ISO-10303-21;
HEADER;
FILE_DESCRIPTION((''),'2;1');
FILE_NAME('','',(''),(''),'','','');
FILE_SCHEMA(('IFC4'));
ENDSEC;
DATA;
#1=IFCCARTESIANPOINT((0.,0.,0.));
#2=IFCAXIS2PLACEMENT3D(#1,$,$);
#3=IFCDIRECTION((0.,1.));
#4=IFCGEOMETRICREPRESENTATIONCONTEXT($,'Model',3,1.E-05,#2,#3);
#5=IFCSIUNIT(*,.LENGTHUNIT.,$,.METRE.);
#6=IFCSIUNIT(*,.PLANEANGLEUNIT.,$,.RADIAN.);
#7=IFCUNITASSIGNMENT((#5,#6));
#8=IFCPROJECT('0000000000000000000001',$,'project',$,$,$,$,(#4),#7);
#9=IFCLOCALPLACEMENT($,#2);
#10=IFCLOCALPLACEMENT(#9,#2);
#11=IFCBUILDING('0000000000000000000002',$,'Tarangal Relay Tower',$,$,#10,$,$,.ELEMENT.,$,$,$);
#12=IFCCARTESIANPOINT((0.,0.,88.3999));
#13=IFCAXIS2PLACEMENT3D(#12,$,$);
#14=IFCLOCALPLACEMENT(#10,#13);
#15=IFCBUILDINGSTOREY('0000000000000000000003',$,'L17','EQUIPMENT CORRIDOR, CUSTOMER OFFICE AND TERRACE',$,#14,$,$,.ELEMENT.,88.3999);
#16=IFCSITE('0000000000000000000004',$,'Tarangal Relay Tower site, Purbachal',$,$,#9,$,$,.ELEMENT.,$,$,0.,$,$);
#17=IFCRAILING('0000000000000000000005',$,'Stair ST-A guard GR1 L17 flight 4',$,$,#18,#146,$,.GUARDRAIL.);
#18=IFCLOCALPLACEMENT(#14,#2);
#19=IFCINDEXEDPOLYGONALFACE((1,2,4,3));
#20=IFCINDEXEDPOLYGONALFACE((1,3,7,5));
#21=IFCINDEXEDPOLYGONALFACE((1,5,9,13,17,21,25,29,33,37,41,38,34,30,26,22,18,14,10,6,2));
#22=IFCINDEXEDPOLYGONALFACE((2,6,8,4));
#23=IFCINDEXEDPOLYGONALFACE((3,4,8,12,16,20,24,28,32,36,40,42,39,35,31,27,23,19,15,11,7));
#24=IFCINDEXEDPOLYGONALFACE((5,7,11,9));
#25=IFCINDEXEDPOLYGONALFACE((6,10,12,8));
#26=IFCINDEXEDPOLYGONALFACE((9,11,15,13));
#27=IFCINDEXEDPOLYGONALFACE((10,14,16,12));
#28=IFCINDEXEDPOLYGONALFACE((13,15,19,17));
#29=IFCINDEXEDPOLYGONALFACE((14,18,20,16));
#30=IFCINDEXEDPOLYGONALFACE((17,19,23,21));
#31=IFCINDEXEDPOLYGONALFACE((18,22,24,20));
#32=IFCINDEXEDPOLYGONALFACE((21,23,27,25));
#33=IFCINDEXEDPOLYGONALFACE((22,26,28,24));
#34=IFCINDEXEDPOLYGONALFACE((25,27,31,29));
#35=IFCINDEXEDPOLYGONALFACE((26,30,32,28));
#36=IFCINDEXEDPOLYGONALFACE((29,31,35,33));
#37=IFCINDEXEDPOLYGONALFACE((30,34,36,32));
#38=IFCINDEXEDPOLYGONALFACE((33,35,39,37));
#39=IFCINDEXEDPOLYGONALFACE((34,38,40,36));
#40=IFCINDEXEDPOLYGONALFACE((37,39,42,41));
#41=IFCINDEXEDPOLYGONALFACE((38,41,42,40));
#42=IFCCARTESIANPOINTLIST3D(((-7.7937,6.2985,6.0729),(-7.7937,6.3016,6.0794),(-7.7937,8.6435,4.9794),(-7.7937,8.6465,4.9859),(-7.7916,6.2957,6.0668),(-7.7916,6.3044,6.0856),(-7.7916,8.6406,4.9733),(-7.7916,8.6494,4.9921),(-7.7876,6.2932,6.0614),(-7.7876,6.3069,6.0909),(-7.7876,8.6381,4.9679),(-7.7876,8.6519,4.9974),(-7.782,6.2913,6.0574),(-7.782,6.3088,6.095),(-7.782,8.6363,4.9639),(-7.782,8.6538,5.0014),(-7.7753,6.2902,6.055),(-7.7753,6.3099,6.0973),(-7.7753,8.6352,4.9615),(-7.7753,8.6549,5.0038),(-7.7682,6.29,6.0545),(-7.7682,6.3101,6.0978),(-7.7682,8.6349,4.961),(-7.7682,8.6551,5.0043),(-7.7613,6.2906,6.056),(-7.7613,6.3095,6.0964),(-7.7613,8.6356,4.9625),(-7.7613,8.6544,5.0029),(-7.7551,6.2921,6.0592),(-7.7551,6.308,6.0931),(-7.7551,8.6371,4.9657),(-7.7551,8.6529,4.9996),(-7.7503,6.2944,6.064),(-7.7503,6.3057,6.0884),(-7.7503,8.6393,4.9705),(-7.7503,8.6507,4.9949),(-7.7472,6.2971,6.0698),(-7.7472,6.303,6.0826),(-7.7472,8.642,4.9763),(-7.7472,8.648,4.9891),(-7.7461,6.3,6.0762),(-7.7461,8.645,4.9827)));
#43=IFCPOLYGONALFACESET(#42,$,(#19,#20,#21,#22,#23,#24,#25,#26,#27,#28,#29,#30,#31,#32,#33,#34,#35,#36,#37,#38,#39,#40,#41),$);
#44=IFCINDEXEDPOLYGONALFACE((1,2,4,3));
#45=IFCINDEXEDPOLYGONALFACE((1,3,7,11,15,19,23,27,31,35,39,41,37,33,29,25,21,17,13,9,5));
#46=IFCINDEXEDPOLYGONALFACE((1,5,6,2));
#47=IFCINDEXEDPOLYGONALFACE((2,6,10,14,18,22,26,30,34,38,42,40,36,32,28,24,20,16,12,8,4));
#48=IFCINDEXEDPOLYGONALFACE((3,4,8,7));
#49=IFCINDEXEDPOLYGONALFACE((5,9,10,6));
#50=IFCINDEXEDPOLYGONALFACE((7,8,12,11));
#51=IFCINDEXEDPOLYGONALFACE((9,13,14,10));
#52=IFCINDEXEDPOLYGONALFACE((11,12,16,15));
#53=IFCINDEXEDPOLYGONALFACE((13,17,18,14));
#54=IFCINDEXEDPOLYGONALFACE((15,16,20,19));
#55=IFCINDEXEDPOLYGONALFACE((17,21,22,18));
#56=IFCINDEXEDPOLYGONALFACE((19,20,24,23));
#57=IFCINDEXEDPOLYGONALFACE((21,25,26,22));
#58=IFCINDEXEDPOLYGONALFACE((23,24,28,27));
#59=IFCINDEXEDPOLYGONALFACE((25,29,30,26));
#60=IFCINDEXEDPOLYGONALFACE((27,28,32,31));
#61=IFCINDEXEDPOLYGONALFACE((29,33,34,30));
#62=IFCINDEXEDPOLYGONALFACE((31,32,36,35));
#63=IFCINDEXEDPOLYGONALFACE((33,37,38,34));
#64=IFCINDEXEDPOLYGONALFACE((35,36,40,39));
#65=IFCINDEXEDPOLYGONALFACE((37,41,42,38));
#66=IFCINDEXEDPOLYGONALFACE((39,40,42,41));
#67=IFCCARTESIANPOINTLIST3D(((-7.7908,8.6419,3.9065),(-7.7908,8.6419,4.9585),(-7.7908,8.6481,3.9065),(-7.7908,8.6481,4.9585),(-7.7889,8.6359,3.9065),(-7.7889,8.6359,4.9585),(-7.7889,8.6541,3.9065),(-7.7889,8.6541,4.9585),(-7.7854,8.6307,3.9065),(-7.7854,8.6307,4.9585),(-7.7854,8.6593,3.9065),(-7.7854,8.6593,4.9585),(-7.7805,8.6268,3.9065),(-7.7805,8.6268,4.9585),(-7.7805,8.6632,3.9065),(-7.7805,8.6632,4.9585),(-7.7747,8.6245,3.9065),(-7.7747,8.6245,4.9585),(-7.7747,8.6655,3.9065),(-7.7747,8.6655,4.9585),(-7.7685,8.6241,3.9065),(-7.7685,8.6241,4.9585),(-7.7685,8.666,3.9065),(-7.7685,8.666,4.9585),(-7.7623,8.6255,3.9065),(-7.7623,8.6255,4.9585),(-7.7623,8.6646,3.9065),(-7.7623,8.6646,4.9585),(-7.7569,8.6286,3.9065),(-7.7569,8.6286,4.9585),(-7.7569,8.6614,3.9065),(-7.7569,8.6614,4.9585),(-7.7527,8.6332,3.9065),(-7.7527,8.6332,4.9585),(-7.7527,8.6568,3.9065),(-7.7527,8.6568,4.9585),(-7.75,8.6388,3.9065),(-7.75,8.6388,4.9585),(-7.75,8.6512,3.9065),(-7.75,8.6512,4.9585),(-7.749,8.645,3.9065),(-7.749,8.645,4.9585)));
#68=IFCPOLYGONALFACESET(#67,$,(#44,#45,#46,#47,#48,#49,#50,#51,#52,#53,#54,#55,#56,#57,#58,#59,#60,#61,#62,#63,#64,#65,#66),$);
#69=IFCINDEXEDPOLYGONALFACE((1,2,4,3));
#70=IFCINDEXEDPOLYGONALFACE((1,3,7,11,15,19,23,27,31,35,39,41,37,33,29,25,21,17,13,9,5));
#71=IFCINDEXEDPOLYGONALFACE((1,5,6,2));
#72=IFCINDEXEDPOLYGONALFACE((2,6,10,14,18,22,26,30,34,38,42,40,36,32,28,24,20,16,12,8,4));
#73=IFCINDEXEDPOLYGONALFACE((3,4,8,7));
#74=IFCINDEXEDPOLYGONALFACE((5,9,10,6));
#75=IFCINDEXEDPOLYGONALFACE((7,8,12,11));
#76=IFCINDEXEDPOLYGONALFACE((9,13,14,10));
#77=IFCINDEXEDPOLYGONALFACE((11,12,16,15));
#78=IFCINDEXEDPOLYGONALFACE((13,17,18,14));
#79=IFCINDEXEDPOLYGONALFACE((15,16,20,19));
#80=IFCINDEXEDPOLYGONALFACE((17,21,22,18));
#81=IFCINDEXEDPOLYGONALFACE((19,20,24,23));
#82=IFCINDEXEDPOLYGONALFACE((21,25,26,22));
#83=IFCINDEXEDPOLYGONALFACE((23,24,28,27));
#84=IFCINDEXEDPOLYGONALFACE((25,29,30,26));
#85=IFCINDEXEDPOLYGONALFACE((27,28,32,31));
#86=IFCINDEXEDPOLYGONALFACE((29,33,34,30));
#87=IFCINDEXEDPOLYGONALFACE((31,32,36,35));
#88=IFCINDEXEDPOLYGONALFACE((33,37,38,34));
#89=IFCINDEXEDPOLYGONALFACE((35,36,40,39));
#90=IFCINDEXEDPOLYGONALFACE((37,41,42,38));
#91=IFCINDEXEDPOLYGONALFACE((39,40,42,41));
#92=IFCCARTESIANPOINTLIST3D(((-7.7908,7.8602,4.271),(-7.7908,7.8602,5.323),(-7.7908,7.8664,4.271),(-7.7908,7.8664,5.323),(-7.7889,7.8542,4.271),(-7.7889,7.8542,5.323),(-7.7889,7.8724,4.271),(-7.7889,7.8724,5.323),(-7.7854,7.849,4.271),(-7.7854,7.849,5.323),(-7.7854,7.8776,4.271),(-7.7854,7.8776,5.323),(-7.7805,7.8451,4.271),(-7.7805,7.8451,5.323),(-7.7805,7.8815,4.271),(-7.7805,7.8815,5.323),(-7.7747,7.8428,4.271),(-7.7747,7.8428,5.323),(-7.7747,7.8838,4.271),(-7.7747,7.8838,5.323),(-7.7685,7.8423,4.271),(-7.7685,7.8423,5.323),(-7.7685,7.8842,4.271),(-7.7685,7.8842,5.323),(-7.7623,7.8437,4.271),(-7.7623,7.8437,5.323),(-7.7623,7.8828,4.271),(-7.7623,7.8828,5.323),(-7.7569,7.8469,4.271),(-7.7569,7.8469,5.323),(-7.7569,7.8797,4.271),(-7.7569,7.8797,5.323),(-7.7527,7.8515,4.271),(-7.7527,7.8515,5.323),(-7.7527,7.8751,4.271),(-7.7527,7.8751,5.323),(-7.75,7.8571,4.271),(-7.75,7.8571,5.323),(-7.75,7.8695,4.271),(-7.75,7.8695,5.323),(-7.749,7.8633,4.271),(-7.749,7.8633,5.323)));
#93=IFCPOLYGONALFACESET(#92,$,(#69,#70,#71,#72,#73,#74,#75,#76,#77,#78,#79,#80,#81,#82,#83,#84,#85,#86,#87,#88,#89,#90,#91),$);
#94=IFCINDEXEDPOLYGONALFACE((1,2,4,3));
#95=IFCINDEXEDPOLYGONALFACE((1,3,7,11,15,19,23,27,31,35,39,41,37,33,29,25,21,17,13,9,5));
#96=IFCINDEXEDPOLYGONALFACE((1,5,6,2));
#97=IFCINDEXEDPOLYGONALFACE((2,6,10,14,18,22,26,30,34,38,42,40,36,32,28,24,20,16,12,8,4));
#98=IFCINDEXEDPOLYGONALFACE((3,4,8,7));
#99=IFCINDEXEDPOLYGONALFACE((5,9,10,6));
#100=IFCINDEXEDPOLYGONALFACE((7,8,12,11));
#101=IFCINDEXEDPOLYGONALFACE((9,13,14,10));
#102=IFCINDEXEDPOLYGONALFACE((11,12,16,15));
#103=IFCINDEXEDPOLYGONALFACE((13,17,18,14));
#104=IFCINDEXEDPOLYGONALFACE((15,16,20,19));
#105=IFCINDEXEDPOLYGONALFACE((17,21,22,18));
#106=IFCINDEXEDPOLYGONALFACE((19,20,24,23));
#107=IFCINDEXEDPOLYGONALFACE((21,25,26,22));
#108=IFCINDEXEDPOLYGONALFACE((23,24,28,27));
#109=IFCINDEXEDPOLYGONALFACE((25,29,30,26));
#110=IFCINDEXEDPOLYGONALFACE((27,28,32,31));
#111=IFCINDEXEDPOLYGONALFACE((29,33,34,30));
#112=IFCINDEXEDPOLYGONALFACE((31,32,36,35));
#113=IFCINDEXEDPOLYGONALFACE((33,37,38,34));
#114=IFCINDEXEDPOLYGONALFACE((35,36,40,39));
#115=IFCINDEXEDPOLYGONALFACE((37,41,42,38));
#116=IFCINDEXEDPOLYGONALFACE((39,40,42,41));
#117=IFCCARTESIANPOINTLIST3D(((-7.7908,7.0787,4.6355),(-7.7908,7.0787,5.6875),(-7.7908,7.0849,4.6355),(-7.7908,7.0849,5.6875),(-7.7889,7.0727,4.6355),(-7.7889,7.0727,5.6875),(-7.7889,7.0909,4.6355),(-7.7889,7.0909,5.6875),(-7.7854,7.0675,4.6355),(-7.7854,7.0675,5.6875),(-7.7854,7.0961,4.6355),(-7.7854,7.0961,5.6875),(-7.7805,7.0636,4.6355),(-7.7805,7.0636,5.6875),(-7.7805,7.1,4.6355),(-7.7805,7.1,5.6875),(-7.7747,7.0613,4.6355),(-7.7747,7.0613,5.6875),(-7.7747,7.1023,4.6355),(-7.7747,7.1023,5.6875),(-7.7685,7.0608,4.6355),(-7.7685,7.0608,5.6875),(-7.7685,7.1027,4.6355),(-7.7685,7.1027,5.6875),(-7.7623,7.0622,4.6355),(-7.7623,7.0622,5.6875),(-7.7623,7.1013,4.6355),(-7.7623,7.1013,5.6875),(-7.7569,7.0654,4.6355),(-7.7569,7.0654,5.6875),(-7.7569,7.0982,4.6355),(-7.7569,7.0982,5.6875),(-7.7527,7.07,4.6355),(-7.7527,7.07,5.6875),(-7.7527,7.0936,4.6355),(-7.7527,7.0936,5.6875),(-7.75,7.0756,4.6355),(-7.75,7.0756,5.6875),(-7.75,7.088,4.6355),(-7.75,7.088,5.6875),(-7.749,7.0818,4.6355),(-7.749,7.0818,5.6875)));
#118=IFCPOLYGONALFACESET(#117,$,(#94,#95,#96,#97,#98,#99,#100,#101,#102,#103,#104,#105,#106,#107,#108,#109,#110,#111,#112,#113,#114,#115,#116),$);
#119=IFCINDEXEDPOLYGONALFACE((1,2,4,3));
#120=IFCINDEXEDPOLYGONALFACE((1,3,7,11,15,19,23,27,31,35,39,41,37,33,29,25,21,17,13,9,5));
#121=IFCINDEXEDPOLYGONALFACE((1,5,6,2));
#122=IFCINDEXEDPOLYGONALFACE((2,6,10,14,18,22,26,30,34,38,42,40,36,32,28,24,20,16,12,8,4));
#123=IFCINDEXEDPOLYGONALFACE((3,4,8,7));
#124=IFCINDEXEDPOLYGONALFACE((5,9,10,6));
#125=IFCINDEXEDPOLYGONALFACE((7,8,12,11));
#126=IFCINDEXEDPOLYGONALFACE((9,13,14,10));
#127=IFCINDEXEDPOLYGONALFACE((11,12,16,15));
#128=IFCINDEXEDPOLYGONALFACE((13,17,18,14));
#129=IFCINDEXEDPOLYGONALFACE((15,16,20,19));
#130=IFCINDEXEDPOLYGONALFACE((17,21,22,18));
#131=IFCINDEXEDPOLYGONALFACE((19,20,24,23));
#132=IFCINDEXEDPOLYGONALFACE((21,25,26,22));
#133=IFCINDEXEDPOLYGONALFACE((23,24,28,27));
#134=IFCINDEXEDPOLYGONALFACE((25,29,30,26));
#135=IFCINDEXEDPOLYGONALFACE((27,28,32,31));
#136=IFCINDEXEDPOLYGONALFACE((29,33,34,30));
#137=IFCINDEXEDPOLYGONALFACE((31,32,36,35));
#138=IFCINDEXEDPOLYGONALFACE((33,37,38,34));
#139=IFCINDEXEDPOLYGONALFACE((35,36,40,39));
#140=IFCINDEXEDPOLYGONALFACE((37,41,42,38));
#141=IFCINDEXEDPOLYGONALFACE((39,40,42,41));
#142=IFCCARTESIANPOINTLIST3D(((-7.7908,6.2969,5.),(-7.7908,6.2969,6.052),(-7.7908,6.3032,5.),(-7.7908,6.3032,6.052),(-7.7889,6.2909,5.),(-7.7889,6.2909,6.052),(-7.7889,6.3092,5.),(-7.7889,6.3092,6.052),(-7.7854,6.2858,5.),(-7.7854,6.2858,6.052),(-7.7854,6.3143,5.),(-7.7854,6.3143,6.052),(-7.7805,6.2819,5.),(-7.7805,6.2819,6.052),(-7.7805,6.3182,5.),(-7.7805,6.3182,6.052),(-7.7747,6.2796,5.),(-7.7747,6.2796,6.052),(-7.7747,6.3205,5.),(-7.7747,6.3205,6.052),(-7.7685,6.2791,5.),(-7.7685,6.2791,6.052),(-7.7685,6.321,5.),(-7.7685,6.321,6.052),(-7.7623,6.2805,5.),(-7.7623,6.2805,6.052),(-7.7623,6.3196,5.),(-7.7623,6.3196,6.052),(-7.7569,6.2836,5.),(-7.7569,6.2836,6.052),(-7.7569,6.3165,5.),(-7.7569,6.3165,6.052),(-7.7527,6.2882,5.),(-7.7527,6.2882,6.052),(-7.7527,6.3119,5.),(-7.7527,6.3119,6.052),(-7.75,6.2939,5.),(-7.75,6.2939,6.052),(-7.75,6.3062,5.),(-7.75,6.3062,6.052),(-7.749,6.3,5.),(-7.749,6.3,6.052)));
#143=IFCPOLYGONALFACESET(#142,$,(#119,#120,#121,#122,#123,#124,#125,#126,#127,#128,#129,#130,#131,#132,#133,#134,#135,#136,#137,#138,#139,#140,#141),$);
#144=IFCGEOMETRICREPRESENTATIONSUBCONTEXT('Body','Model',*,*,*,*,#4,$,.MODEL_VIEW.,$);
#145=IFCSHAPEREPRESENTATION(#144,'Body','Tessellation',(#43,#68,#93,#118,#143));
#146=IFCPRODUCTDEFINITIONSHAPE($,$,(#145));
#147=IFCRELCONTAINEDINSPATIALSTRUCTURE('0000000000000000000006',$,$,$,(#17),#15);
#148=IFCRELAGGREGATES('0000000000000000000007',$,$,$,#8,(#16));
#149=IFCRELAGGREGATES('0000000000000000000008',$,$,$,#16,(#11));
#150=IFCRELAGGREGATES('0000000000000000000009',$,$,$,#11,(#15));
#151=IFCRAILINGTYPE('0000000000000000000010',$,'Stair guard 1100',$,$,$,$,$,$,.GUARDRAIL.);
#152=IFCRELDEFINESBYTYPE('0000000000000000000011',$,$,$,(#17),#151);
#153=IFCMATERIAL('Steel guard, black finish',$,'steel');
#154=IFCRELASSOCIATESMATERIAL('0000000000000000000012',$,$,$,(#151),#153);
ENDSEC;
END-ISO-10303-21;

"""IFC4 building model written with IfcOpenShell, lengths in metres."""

from ifc_helpers import new_model, si_unit, direction, frame, origin, origin_2d, place, context, subcontext, project, spatial, circle, extrude, material, type_object, element, save


model = new_model("IFC4")

# Units and contexts
model_context = context("Model", 3, precision=1e-05, world=origin(), true_north=direction((0.0, 1.0)))
body_context = subcontext(model_context, "Body", "Model", "MODEL_VIEW")
ifc_project = project(units=[si_unit("LENGTHUNIT", "METRE"), si_unit("PLANEANGLEUNIT", "RADIAN")], contexts=[model_context])

# Site, building, storey
site_placement = place(None, origin())
site = spatial("IfcSite", under=ifc_project, at=site_placement, Name="Tarangal Relay Tower site, Purbachal", CompositionType="ELEMENT", RefElevation=0.0)
building_placement = place(site_placement, origin())
building = spatial("IfcBuilding", under=site, at=building_placement, Name="Tarangal Relay Tower", CompositionType="ELEMENT")
storey_placement = place(building_placement, frame((0.0, 0.0, 88.3999)))
storey = spatial("IfcBuildingStorey", under=building, at=storey_placement, Name="L17", Description="EQUIPMENT CORRIDOR, CUSTOMER OFFICE AND TERRACE", CompositionType="ELEMENT", Elevation=88.3999)

# Railing
ifc_material_1 = material(Name="Steel guard, black finish", Category="steel")
railing_type_1 = type_object("IfcRailingType", Name="Stair guard 1100", PredefinedType="GUARDRAIL", material=ifc_material_1)
for number, where, name in (
    (1, (-7.77, 8.645, 3.9065), "Stair ST-A guard GR1 L17 flight 4"),
):
    element("IfcRailing", number, at=place(storey_placement, frame(where)), inside=storey, type_object=railing_type_1, Name=name, PredefinedType="GUARDRAIL", context=body_context, shape_type="SweptSolid", body=[
        extrude(circle(Radius=0.0239, at=origin_2d()), frame((0.0, 0.0, 1.0762), z_axis=(0.0, -0.906304, 0.422627), x_axis=(1.0, 0.0, 0.0)), (0.0, 0.0, 1.0), 2.5874),
        extrude(circle(Radius=0.021, at=origin_2d()), origin(), (0.0, 0.0, 1.0), 1.052),
        extrude(circle(Radius=0.021, at=origin_2d()), frame((0.0, -0.7817, 0.3645)), (0.0, 0.0, 1.0), 1.052),
        extrude(circle(Radius=0.021, at=origin_2d()), frame((0.0, -1.5632, 0.729)), (0.0, 0.0, 1.0), 1.052),
        extrude(circle(Radius=0.021, at=origin_2d()), frame((0.0, -2.345, 1.0935)), (0.0, 0.0, 1.0), 1.052),
    ])

save(model, "model.ifc")
